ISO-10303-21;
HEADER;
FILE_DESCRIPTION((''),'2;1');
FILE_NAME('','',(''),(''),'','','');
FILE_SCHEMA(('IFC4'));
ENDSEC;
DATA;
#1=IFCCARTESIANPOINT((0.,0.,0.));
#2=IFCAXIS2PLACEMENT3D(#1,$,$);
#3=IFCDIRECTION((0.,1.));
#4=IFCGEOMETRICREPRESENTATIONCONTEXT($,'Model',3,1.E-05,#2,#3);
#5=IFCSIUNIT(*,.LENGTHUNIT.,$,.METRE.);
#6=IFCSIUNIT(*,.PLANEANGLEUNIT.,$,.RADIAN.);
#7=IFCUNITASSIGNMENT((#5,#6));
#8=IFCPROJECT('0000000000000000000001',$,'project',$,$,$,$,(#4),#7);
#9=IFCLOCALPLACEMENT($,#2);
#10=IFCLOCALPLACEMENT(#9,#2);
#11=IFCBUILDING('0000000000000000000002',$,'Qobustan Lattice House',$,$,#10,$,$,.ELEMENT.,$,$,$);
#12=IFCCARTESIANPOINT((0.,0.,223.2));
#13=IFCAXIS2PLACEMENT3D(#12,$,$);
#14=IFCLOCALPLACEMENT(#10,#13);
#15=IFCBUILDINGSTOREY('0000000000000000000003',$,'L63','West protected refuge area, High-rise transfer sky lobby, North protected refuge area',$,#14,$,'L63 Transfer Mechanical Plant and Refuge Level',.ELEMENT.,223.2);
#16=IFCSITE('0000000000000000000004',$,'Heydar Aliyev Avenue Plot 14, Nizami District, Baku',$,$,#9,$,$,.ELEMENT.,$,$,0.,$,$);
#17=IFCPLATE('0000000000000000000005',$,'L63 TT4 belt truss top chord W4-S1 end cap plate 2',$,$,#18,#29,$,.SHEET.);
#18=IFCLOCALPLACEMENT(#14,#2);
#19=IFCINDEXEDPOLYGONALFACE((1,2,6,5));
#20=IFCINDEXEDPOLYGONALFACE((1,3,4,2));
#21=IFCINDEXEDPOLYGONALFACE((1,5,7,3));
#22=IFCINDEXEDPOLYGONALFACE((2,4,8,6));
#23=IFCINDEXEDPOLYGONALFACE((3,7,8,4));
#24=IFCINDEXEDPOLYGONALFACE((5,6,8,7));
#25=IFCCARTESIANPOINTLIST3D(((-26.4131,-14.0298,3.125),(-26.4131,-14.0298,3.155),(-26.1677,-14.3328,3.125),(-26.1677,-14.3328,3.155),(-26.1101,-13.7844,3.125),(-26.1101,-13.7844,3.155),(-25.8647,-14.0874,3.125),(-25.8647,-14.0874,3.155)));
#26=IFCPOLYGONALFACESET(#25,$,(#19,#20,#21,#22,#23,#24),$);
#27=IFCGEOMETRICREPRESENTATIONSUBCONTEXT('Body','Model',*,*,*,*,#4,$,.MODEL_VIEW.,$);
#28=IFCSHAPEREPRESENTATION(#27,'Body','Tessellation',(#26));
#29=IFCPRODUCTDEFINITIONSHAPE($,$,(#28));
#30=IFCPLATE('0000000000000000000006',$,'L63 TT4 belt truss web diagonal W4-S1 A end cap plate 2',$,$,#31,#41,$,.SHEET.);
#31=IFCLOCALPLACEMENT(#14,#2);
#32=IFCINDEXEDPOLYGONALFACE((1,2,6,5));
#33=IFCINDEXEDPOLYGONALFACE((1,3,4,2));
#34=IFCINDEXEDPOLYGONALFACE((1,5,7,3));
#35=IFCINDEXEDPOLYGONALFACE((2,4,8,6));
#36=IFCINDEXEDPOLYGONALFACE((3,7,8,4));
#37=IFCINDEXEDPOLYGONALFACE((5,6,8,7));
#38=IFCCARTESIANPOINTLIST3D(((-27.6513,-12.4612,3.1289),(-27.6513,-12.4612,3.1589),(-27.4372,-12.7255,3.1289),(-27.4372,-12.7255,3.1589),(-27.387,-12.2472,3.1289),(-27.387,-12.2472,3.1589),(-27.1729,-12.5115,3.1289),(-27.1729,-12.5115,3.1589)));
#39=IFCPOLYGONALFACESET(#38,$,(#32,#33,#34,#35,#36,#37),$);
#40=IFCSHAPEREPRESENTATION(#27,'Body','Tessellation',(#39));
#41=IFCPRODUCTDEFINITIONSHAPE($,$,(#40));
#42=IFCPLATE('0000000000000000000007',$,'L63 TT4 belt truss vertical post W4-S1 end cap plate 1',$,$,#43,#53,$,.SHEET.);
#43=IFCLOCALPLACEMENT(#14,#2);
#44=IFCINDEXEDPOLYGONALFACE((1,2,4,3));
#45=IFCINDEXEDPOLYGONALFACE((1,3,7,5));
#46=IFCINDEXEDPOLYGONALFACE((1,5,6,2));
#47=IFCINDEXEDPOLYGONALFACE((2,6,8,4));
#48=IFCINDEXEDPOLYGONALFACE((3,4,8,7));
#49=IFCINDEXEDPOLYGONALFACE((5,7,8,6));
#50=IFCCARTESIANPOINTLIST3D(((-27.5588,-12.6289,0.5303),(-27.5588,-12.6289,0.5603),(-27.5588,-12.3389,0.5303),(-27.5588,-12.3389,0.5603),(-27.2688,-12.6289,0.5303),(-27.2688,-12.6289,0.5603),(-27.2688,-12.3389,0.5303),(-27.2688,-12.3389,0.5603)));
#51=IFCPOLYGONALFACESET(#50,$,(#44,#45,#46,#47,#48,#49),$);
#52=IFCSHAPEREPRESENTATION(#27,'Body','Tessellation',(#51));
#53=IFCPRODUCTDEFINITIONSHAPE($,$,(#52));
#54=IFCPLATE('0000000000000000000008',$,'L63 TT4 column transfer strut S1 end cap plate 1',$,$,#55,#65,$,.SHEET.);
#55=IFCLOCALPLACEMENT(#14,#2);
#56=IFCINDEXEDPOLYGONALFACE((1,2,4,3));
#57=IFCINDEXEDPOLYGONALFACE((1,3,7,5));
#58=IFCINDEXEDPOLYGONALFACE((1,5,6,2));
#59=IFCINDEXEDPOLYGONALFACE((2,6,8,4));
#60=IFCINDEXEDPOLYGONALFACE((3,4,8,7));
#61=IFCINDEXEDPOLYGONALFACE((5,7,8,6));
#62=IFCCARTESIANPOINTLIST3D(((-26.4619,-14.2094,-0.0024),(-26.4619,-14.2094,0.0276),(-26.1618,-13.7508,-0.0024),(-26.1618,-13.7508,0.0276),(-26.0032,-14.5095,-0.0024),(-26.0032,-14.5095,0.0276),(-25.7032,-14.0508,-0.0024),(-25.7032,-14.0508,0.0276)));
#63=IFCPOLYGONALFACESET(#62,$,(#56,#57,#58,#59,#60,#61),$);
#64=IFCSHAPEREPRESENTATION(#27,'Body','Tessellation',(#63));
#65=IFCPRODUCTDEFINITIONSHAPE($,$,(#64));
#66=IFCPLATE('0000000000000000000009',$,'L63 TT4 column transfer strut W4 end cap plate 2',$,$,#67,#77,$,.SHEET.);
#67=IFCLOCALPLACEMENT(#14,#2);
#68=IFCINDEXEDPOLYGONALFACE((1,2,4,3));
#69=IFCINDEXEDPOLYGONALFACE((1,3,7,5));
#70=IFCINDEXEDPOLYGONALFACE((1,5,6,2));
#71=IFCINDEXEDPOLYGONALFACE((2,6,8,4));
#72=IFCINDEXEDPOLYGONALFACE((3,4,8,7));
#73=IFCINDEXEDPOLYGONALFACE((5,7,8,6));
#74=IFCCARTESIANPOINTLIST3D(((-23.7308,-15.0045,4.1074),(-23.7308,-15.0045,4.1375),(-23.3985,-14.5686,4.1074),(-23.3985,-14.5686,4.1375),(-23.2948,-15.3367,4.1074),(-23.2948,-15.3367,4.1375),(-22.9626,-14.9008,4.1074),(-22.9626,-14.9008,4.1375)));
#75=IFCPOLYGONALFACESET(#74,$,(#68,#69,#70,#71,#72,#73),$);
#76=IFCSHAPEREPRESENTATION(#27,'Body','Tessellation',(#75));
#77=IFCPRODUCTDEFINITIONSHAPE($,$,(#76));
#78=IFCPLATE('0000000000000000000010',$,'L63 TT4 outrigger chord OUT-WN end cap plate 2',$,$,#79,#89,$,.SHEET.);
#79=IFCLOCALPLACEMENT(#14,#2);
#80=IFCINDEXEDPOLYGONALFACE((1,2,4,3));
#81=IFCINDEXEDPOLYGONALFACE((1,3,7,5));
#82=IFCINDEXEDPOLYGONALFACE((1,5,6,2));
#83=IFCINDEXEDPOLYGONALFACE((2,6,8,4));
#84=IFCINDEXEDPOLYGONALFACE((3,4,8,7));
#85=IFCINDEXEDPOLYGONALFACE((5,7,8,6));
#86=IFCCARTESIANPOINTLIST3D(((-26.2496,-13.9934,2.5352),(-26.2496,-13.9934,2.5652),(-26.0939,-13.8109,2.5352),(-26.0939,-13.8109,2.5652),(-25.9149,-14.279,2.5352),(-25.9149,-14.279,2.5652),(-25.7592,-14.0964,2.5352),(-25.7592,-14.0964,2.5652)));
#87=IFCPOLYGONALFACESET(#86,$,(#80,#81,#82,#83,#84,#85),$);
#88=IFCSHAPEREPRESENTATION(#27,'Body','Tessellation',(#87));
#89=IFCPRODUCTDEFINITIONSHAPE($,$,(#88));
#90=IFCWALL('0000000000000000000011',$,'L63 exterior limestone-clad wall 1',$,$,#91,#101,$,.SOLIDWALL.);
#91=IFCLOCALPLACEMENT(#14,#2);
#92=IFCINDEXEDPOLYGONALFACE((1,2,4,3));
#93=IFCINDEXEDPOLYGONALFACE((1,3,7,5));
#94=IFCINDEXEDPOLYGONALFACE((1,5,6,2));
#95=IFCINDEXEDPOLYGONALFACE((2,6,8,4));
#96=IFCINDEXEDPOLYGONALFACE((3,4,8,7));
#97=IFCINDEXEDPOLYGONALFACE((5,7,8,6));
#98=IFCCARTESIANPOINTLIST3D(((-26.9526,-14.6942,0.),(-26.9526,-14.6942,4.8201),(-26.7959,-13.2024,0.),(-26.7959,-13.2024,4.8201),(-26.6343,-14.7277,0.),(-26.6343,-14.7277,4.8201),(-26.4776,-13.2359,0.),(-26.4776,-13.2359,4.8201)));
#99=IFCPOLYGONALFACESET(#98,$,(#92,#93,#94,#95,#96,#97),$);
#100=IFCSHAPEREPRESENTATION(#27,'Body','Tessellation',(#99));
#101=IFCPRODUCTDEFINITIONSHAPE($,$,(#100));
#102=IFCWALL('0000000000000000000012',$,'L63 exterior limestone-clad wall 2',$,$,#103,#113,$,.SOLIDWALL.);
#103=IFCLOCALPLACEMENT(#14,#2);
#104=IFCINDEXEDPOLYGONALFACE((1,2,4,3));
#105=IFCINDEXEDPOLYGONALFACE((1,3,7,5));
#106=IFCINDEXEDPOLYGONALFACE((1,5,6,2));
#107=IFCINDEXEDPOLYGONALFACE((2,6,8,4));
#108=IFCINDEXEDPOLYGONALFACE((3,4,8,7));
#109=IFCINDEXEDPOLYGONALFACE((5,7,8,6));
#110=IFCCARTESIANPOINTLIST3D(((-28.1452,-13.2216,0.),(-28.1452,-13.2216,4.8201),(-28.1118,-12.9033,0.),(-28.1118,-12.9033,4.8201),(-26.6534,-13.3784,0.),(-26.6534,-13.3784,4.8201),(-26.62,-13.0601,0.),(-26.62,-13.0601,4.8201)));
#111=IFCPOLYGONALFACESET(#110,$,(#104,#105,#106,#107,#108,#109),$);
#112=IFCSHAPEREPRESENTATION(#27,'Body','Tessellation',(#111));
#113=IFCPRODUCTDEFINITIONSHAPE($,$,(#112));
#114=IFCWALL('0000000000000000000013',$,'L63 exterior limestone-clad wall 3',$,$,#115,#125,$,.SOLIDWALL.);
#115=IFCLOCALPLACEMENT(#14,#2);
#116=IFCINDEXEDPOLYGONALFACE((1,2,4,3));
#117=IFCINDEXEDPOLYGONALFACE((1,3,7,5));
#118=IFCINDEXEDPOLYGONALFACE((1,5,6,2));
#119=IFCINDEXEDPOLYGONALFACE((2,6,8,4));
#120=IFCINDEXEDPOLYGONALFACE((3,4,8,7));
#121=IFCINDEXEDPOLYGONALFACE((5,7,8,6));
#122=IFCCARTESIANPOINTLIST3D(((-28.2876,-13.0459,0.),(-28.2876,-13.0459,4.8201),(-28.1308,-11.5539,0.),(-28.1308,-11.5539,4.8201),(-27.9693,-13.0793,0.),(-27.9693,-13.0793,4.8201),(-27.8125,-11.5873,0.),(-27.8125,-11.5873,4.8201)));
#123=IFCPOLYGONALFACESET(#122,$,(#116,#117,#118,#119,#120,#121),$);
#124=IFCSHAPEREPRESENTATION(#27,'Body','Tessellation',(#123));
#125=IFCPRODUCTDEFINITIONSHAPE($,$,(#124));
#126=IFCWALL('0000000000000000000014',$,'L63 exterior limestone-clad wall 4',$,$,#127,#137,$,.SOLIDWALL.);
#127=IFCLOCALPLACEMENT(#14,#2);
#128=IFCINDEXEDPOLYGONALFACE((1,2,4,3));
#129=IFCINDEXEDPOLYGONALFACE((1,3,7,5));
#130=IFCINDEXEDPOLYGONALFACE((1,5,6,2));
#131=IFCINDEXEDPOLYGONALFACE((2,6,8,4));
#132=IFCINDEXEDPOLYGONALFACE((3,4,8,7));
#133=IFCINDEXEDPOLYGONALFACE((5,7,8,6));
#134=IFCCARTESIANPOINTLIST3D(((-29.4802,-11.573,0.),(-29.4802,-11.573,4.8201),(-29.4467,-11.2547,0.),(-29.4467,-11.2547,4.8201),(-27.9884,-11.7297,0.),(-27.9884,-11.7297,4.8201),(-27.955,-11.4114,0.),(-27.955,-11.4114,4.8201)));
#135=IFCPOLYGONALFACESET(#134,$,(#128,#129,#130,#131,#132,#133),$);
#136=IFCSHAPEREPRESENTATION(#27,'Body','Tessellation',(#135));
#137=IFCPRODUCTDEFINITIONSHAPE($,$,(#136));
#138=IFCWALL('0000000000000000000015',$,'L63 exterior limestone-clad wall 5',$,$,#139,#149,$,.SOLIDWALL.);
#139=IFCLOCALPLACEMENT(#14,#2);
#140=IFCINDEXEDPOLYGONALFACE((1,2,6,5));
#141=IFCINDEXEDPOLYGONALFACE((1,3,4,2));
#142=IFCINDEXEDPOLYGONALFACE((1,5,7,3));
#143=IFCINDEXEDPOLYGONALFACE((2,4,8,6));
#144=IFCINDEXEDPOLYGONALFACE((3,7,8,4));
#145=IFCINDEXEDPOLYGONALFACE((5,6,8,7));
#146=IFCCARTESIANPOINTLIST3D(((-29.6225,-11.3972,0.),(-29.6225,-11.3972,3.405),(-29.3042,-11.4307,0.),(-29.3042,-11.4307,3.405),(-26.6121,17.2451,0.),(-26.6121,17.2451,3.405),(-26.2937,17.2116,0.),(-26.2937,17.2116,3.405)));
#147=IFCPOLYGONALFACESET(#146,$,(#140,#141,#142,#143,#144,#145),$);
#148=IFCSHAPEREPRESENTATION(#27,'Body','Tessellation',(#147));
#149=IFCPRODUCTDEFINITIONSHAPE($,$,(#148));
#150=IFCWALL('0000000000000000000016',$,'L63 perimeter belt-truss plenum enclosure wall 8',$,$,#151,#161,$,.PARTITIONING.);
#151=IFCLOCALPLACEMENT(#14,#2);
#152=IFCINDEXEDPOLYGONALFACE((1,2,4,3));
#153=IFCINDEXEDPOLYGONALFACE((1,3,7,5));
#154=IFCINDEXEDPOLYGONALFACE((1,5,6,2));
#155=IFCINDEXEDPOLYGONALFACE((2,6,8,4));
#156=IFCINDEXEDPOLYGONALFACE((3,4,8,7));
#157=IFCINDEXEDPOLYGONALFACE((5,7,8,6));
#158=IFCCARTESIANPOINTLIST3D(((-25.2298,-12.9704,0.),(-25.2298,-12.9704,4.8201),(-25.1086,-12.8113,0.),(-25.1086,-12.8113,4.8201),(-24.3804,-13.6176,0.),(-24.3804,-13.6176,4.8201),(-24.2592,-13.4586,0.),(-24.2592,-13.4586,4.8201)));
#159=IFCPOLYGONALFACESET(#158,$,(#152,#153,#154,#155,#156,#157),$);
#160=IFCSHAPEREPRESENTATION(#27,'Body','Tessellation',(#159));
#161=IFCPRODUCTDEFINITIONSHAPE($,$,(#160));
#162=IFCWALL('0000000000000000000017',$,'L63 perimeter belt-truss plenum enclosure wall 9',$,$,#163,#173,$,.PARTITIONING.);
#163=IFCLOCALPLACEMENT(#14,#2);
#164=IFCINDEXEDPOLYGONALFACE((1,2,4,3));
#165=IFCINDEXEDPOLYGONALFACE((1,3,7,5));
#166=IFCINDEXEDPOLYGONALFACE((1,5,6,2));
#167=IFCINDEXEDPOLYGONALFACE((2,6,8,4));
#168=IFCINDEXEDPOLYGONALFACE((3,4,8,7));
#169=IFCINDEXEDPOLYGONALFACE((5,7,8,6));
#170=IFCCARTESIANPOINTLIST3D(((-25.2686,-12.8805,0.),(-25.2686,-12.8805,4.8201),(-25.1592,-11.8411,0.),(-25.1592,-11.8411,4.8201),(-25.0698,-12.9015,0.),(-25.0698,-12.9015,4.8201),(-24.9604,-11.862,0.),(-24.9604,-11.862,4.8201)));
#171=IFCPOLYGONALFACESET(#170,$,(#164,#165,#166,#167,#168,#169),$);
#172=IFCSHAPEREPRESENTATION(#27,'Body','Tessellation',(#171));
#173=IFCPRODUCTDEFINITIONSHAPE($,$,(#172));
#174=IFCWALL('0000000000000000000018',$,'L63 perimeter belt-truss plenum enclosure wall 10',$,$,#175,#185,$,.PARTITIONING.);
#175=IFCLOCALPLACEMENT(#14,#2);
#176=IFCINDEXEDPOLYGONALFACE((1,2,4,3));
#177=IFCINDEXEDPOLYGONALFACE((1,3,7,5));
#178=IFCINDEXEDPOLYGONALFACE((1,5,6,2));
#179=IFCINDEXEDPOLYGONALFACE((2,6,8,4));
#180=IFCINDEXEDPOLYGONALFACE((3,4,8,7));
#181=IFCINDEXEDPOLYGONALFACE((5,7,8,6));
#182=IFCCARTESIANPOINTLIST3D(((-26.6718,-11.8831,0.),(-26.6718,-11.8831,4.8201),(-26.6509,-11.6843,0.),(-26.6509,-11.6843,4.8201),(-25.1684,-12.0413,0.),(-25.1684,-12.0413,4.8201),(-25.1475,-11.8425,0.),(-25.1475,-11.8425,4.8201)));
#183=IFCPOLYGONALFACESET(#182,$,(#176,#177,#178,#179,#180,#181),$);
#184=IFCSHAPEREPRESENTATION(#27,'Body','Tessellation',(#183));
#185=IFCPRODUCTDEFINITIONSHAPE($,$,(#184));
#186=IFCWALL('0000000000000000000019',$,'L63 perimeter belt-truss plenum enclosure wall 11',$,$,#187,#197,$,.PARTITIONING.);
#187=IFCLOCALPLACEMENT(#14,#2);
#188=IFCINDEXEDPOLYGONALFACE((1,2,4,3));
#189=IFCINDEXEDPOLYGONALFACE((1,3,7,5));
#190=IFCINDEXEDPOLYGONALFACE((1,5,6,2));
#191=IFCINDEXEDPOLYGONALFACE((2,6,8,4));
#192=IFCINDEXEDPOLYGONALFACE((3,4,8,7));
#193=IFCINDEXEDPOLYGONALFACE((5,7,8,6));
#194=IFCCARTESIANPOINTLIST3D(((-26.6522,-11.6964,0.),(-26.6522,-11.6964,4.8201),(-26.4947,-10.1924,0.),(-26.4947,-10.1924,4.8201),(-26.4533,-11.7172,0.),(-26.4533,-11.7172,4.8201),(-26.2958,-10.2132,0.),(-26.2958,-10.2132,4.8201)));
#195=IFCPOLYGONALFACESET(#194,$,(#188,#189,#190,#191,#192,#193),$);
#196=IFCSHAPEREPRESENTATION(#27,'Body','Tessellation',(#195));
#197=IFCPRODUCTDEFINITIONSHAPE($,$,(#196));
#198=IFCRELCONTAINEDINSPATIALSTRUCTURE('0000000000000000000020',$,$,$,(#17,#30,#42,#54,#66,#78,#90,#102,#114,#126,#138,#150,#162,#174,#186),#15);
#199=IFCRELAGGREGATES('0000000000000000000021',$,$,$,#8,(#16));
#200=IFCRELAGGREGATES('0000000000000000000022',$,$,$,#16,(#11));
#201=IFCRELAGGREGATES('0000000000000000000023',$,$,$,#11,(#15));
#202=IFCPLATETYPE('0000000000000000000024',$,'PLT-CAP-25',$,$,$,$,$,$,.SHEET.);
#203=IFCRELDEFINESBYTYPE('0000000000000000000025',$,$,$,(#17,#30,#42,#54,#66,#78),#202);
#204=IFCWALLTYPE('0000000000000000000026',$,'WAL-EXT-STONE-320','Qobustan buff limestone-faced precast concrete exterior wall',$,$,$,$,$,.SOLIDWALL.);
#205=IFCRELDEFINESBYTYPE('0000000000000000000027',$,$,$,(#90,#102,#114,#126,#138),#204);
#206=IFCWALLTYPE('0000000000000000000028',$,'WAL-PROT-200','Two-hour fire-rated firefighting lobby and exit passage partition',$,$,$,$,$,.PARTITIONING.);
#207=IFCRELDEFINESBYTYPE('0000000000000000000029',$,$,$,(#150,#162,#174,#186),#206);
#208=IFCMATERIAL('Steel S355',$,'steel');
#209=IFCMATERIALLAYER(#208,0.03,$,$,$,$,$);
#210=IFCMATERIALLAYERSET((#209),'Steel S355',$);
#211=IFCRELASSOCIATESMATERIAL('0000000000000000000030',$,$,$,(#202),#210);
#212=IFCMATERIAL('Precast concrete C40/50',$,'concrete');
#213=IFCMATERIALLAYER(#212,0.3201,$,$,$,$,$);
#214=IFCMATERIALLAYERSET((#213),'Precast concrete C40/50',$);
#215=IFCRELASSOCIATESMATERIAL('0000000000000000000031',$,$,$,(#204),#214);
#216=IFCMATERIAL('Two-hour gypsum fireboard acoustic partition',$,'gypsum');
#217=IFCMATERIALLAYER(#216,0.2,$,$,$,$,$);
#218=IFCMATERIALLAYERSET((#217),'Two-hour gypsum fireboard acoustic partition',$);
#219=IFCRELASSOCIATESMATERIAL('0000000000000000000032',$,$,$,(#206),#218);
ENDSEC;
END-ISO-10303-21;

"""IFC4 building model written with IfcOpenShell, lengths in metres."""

from ifc_helpers import new_model, si_unit, direction, frame, frame_2d, origin, origin_2d, place, context, subcontext, project, spatial, rectangle, extrude, material, layer, layer_set, type_object, element, save


model = new_model("IFC4")

# Units and contexts
model_context = context("Model", 3, precision=1e-05, world=origin(), true_north=direction((0.0, 1.0)))
body_context = subcontext(model_context, "Body", "Model", "MODEL_VIEW")
ifc_project = project(units=[si_unit("LENGTHUNIT", "METRE"), si_unit("PLANEANGLEUNIT", "RADIAN")], contexts=[model_context])

# Site, building, storey
site_placement = place(None, origin())
site = spatial("IfcSite", under=ifc_project, at=site_placement, Name="Heydar Aliyev Avenue Plot 14, Nizami District, Baku", CompositionType="ELEMENT", RefElevation=0.0)
building_placement = place(site_placement, origin())
building = spatial("IfcBuilding", under=site, at=building_placement, Name="Qobustan Lattice House", CompositionType="ELEMENT")
storey_placement = place(building_placement, frame((0.0, 0.0, 223.2)))
storey = spatial("IfcBuildingStorey", under=building, at=storey_placement, Name="L63", Description="West protected refuge area, High-rise transfer sky lobby, North protected refuge area", LongName="L63 Transfer Mechanical Plant and Refuge Level", CompositionType="ELEMENT", Elevation=223.2)

# Plates
ifc_material_1 = material(Name="Steel S355", Category="steel")
ifc_layer_1 = layer(ifc_material_1, 0.03)
ifc_layer_set_1 = layer_set([ifc_layer_1], Name="Steel S355")
plate_type = type_object("IfcPlateType", Name="PLT-CAP-25", PredefinedType="SHEET", material=ifc_layer_set_1)
plate_1_placement = place(storey_placement, frame((-26.1389, -14.0586, 3.125), z_axis=(0.0, 0.0, 1.0), x_axis=(0.629307, -0.777157, 0.0)))
element("IfcPlate", 1, at=plate_1_placement, inside=storey, type_object=plate_type, Name="L63 TT4 belt truss top chord W4-S1 end cap plate 2", PredefinedType="SHEET", context=body_context, shape_type="SweptSolid", body=[
    extrude(rectangle(XDim=0.3899, YDim=0.3899, at=origin_2d()), origin(), (0.0, 0.0, 1.0), 0.03),
])
plate_2_placement = place(storey_placement, frame((-27.4121, -12.4863, 3.1289), z_axis=(0.0, 0.0, 1.0), x_axis=(0.62932, -0.777146, 0.0)))
element("IfcPlate", 2, at=plate_2_placement, inside=storey, type_object=plate_type, Name="L63 TT4 belt truss web diagonal W4-S1 A end cap plate 2", PredefinedType="SHEET", context=body_context, shape_type="SweptSolid", body=[
    extrude(rectangle(XDim=0.3401, YDim=0.3401, at=origin_2d()), origin(), (0.0, 0.0, 1.0), 0.03),
])
plate_3_placement = place(storey_placement, frame((-27.4138, -12.4839, 0.5303), z_axis=(0.0, 0.0, 1.0), x_axis=(1.0, 0.0, 0.0)))
element("IfcPlate", 3, at=plate_3_placement, inside=storey, type_object=plate_type, Name="L63 TT4 belt truss vertical post W4-S1 end cap plate 1", PredefinedType="SHEET", context=body_context, shape_type="SweptSolid", body=[
    extrude(rectangle(XDim=0.29, YDim=0.29, at=origin_2d()), origin(), (0.0, 0.0, 1.0), 0.03),
])
for number, where, z_axis, x_axis, name in (
    (4, (-26.0825, -14.1301, -0.0024), (0.0, 0.0, 1.0), (0.836803, -0.547505, 0.0), "L63 TT4 column transfer strut S1 end cap plate 1"),
    (5, (-23.3467, -14.9526, 4.1074), (0.0, 0.0, 1.0), (0.795347, -0.606155, 0.0), "L63 TT4 column transfer strut W4 end cap plate 2"),
):
    element("IfcPlate", number, at=place(storey_placement, frame(where, z_axis=z_axis, x_axis=x_axis)), inside=storey, type_object=plate_type, Name=name, PredefinedType="SHEET", context=body_context, shape_type="SweptSolid", body=[
        extrude(rectangle(XDim=0.5481, YDim=0.5481, at=origin_2d()), origin(), (0.0, 0.0, 1.0), 0.03),
    ])
plate_4_placement = place(storey_placement, frame((-26.0044, -14.0449, 2.5352), z_axis=(0.0, 0.0, 1.0), x_axis=(-0.64901, -0.76078, 0.0)))
element("IfcPlate", 6, at=plate_4_placement, inside=storey, type_object=plate_type, Name="L63 TT4 outrigger chord OUT-WN end cap plate 2", PredefinedType="SHEET", context=body_context, shape_type="SweptSolid", body=[
    extrude(rectangle(XDim=0.24, YDim=0.4399, at=origin_2d()), origin(), (0.0, 0.0, 1.0), 0.03),
])

# Walls
ifc_material_2 = material(Name="Precast concrete C40/50", Category="concrete")
ifc_layer_2 = layer(ifc_material_2, 0.3201)
ifc_layer_set_2 = layer_set([ifc_layer_2], Name="Precast concrete C40/50")
wall_type_1 = type_object("IfcWallType", Name="WAL-EXT-STONE-320", Description="Qobustan buff limestone-faced precast concrete exterior wall", PredefinedType="SOLIDWALL", material=ifc_layer_set_2)
for number, where, z_axis, x_axis, name in (
    (7, (-26.7935, -14.7109, 0.0), (0.0, 0.0, 1.0), (0.104498, 0.994525, 0.0), "L63 exterior limestone-clad wall 1"),
    (8, (-26.6367, -13.2192, 0.0), (0.0, 0.0, 1.0), (-0.994525, 0.104498, 0.0), "L63 exterior limestone-clad wall 2"),
):
    element("IfcWall", number, at=place(storey_placement, frame(where, z_axis=z_axis, x_axis=x_axis)), inside=storey, type_object=wall_type_1, Name=name, PredefinedType="SOLIDWALL", context=body_context, shape_type="SweptSolid", body=[
        extrude(rectangle(XDim=1.5, YDim=0.3201, at=frame_2d((0.75, 0.0))), origin(), (0.0, 0.0, 1.0), 4.8201),
    ])
wall_1_placement = place(storey_placement, frame((-28.1284, -13.0625, 0.0), z_axis=(0.0, 0.0, 1.0), x_axis=(0.104481, 0.994527, 0.0)))
element("IfcWall", 9, at=wall_1_placement, inside=storey, type_object=wall_type_1, Name="L63 exterior limestone-clad wall 3", PredefinedType="SOLIDWALL", context=body_context, shape_type="SweptSolid", body=[
    extrude(rectangle(XDim=1.5002, YDim=0.3201, at=frame_2d((0.75, 0.0))), origin(), (0.0, 0.0, 1.0), 4.8201),
])
wall_2_placement = place(storey_placement, frame((-27.9717, -11.5706, 0.0), z_axis=(0.0, 0.0, 1.0), x_axis=(-0.994525, 0.104498, 0.0)))
element("IfcWall", 10, at=wall_2_placement, inside=storey, type_object=wall_type_1, Name="L63 exterior limestone-clad wall 4", PredefinedType="SOLIDWALL", context=body_context, shape_type="SweptSolid", body=[
    extrude(rectangle(XDim=1.5, YDim=0.3201, at=frame_2d((0.75, 0.0))), origin(), (0.0, 0.0, 1.0), 4.8201),
])
wall_3_placement = place(storey_placement, frame((-29.4634, -11.4138, 0.0), z_axis=(0.0, 0.0, 1.0), x_axis=(0.104531, 0.994522, 0.0)))
element("IfcWall", 11, at=wall_3_placement, inside=storey, type_object=wall_type_1, Name="L63 exterior limestone-clad wall 5", PredefinedType="SOLIDWALL", context=body_context, shape_type="SweptSolid", body=[
    extrude(rectangle(XDim=28.8, YDim=0.3201, at=frame_2d((14.3999, 0.0))), origin(), (0.0, 0.0, 1.0), 3.405),
])
ifc_material_3 = material(Name="Two-hour gypsum fireboard acoustic partition", Category="gypsum")
ifc_layer_3 = layer(ifc_material_3, 0.2)
ifc_layer_set_3 = layer_set([ifc_layer_3], Name="Two-hour gypsum fireboard acoustic partition")
wall_type_2 = type_object("IfcWallType", Name="WAL-PROT-200", Description="Two-hour fire-rated firefighting lobby and exit passage partition", PredefinedType="PARTITIONING", material=ifc_layer_set_3)
wall_4_placement = place(storey_placement, frame((-24.3198, -13.5381, 0.0), z_axis=(0.0, 0.0, 1.0), x_axis=(-0.795395, 0.606091, 0.0)))
element("IfcWall", 12, at=wall_4_placement, inside=storey, type_object=wall_type_2, Name="L63 perimeter belt-truss plenum enclosure wall 8", PredefinedType="PARTITIONING", context=body_context, shape_type="SweptSolid", body=[
    extrude(rectangle(XDim=1.0679, YDim=0.2, at=frame_2d((0.5339, 0.0))), origin(), (0.0, 0.0, 1.0), 4.8201),
])
wall_5_placement = place(storey_placement, frame((-25.1692, -12.8909, 0.0), z_axis=(0.0, 0.0, 1.0), x_axis=(0.10466, 0.994508, 0.0)))
element("IfcWall", 13, at=wall_5_placement, inside=storey, type_object=wall_type_2, Name="L63 perimeter belt-truss plenum enclosure wall 9", PredefinedType="PARTITIONING", context=body_context, shape_type="SweptSolid", body=[
    extrude(rectangle(XDim=1.0452, YDim=0.2, at=frame_2d((0.5225, 0.0))), origin(), (0.0, 0.0, 1.0), 4.8201),
])
wall_6_placement = place(storey_placement, frame((-25.158, -11.9419, 0.0), z_axis=(0.0, 0.0, 1.0), x_axis=(-0.994509, 0.104651, 0.0)))
element("IfcWall", 14, at=wall_6_placement, inside=storey, type_object=wall_type_2, Name="L63 perimeter belt-truss plenum enclosure wall 10", PredefinedType="PARTITIONING", context=body_context, shape_type="SweptSolid", body=[
    extrude(rectangle(XDim=1.5117, YDim=0.2, at=frame_2d((0.7559, 0.0))), origin(), (0.0, 0.0, 1.0), 4.8201),
])
wall_7_placement = place(storey_placement, frame((-26.5527, -11.7068, 0.0), z_axis=(0.0, 0.0, 1.0), x_axis=(0.104138, 0.994563, 0.0)))
element("IfcWall", 15, at=wall_7_placement, inside=storey, type_object=wall_type_2, Name="L63 perimeter belt-truss plenum enclosure wall 11", PredefinedType="PARTITIONING", context=body_context, shape_type="SweptSolid", body=[
    extrude(rectangle(XDim=1.5122, YDim=0.2, at=frame_2d((0.7561, 0.0))), origin(), (0.0, 0.0, 1.0), 4.8201),
])

save(model, "model.ifc")
